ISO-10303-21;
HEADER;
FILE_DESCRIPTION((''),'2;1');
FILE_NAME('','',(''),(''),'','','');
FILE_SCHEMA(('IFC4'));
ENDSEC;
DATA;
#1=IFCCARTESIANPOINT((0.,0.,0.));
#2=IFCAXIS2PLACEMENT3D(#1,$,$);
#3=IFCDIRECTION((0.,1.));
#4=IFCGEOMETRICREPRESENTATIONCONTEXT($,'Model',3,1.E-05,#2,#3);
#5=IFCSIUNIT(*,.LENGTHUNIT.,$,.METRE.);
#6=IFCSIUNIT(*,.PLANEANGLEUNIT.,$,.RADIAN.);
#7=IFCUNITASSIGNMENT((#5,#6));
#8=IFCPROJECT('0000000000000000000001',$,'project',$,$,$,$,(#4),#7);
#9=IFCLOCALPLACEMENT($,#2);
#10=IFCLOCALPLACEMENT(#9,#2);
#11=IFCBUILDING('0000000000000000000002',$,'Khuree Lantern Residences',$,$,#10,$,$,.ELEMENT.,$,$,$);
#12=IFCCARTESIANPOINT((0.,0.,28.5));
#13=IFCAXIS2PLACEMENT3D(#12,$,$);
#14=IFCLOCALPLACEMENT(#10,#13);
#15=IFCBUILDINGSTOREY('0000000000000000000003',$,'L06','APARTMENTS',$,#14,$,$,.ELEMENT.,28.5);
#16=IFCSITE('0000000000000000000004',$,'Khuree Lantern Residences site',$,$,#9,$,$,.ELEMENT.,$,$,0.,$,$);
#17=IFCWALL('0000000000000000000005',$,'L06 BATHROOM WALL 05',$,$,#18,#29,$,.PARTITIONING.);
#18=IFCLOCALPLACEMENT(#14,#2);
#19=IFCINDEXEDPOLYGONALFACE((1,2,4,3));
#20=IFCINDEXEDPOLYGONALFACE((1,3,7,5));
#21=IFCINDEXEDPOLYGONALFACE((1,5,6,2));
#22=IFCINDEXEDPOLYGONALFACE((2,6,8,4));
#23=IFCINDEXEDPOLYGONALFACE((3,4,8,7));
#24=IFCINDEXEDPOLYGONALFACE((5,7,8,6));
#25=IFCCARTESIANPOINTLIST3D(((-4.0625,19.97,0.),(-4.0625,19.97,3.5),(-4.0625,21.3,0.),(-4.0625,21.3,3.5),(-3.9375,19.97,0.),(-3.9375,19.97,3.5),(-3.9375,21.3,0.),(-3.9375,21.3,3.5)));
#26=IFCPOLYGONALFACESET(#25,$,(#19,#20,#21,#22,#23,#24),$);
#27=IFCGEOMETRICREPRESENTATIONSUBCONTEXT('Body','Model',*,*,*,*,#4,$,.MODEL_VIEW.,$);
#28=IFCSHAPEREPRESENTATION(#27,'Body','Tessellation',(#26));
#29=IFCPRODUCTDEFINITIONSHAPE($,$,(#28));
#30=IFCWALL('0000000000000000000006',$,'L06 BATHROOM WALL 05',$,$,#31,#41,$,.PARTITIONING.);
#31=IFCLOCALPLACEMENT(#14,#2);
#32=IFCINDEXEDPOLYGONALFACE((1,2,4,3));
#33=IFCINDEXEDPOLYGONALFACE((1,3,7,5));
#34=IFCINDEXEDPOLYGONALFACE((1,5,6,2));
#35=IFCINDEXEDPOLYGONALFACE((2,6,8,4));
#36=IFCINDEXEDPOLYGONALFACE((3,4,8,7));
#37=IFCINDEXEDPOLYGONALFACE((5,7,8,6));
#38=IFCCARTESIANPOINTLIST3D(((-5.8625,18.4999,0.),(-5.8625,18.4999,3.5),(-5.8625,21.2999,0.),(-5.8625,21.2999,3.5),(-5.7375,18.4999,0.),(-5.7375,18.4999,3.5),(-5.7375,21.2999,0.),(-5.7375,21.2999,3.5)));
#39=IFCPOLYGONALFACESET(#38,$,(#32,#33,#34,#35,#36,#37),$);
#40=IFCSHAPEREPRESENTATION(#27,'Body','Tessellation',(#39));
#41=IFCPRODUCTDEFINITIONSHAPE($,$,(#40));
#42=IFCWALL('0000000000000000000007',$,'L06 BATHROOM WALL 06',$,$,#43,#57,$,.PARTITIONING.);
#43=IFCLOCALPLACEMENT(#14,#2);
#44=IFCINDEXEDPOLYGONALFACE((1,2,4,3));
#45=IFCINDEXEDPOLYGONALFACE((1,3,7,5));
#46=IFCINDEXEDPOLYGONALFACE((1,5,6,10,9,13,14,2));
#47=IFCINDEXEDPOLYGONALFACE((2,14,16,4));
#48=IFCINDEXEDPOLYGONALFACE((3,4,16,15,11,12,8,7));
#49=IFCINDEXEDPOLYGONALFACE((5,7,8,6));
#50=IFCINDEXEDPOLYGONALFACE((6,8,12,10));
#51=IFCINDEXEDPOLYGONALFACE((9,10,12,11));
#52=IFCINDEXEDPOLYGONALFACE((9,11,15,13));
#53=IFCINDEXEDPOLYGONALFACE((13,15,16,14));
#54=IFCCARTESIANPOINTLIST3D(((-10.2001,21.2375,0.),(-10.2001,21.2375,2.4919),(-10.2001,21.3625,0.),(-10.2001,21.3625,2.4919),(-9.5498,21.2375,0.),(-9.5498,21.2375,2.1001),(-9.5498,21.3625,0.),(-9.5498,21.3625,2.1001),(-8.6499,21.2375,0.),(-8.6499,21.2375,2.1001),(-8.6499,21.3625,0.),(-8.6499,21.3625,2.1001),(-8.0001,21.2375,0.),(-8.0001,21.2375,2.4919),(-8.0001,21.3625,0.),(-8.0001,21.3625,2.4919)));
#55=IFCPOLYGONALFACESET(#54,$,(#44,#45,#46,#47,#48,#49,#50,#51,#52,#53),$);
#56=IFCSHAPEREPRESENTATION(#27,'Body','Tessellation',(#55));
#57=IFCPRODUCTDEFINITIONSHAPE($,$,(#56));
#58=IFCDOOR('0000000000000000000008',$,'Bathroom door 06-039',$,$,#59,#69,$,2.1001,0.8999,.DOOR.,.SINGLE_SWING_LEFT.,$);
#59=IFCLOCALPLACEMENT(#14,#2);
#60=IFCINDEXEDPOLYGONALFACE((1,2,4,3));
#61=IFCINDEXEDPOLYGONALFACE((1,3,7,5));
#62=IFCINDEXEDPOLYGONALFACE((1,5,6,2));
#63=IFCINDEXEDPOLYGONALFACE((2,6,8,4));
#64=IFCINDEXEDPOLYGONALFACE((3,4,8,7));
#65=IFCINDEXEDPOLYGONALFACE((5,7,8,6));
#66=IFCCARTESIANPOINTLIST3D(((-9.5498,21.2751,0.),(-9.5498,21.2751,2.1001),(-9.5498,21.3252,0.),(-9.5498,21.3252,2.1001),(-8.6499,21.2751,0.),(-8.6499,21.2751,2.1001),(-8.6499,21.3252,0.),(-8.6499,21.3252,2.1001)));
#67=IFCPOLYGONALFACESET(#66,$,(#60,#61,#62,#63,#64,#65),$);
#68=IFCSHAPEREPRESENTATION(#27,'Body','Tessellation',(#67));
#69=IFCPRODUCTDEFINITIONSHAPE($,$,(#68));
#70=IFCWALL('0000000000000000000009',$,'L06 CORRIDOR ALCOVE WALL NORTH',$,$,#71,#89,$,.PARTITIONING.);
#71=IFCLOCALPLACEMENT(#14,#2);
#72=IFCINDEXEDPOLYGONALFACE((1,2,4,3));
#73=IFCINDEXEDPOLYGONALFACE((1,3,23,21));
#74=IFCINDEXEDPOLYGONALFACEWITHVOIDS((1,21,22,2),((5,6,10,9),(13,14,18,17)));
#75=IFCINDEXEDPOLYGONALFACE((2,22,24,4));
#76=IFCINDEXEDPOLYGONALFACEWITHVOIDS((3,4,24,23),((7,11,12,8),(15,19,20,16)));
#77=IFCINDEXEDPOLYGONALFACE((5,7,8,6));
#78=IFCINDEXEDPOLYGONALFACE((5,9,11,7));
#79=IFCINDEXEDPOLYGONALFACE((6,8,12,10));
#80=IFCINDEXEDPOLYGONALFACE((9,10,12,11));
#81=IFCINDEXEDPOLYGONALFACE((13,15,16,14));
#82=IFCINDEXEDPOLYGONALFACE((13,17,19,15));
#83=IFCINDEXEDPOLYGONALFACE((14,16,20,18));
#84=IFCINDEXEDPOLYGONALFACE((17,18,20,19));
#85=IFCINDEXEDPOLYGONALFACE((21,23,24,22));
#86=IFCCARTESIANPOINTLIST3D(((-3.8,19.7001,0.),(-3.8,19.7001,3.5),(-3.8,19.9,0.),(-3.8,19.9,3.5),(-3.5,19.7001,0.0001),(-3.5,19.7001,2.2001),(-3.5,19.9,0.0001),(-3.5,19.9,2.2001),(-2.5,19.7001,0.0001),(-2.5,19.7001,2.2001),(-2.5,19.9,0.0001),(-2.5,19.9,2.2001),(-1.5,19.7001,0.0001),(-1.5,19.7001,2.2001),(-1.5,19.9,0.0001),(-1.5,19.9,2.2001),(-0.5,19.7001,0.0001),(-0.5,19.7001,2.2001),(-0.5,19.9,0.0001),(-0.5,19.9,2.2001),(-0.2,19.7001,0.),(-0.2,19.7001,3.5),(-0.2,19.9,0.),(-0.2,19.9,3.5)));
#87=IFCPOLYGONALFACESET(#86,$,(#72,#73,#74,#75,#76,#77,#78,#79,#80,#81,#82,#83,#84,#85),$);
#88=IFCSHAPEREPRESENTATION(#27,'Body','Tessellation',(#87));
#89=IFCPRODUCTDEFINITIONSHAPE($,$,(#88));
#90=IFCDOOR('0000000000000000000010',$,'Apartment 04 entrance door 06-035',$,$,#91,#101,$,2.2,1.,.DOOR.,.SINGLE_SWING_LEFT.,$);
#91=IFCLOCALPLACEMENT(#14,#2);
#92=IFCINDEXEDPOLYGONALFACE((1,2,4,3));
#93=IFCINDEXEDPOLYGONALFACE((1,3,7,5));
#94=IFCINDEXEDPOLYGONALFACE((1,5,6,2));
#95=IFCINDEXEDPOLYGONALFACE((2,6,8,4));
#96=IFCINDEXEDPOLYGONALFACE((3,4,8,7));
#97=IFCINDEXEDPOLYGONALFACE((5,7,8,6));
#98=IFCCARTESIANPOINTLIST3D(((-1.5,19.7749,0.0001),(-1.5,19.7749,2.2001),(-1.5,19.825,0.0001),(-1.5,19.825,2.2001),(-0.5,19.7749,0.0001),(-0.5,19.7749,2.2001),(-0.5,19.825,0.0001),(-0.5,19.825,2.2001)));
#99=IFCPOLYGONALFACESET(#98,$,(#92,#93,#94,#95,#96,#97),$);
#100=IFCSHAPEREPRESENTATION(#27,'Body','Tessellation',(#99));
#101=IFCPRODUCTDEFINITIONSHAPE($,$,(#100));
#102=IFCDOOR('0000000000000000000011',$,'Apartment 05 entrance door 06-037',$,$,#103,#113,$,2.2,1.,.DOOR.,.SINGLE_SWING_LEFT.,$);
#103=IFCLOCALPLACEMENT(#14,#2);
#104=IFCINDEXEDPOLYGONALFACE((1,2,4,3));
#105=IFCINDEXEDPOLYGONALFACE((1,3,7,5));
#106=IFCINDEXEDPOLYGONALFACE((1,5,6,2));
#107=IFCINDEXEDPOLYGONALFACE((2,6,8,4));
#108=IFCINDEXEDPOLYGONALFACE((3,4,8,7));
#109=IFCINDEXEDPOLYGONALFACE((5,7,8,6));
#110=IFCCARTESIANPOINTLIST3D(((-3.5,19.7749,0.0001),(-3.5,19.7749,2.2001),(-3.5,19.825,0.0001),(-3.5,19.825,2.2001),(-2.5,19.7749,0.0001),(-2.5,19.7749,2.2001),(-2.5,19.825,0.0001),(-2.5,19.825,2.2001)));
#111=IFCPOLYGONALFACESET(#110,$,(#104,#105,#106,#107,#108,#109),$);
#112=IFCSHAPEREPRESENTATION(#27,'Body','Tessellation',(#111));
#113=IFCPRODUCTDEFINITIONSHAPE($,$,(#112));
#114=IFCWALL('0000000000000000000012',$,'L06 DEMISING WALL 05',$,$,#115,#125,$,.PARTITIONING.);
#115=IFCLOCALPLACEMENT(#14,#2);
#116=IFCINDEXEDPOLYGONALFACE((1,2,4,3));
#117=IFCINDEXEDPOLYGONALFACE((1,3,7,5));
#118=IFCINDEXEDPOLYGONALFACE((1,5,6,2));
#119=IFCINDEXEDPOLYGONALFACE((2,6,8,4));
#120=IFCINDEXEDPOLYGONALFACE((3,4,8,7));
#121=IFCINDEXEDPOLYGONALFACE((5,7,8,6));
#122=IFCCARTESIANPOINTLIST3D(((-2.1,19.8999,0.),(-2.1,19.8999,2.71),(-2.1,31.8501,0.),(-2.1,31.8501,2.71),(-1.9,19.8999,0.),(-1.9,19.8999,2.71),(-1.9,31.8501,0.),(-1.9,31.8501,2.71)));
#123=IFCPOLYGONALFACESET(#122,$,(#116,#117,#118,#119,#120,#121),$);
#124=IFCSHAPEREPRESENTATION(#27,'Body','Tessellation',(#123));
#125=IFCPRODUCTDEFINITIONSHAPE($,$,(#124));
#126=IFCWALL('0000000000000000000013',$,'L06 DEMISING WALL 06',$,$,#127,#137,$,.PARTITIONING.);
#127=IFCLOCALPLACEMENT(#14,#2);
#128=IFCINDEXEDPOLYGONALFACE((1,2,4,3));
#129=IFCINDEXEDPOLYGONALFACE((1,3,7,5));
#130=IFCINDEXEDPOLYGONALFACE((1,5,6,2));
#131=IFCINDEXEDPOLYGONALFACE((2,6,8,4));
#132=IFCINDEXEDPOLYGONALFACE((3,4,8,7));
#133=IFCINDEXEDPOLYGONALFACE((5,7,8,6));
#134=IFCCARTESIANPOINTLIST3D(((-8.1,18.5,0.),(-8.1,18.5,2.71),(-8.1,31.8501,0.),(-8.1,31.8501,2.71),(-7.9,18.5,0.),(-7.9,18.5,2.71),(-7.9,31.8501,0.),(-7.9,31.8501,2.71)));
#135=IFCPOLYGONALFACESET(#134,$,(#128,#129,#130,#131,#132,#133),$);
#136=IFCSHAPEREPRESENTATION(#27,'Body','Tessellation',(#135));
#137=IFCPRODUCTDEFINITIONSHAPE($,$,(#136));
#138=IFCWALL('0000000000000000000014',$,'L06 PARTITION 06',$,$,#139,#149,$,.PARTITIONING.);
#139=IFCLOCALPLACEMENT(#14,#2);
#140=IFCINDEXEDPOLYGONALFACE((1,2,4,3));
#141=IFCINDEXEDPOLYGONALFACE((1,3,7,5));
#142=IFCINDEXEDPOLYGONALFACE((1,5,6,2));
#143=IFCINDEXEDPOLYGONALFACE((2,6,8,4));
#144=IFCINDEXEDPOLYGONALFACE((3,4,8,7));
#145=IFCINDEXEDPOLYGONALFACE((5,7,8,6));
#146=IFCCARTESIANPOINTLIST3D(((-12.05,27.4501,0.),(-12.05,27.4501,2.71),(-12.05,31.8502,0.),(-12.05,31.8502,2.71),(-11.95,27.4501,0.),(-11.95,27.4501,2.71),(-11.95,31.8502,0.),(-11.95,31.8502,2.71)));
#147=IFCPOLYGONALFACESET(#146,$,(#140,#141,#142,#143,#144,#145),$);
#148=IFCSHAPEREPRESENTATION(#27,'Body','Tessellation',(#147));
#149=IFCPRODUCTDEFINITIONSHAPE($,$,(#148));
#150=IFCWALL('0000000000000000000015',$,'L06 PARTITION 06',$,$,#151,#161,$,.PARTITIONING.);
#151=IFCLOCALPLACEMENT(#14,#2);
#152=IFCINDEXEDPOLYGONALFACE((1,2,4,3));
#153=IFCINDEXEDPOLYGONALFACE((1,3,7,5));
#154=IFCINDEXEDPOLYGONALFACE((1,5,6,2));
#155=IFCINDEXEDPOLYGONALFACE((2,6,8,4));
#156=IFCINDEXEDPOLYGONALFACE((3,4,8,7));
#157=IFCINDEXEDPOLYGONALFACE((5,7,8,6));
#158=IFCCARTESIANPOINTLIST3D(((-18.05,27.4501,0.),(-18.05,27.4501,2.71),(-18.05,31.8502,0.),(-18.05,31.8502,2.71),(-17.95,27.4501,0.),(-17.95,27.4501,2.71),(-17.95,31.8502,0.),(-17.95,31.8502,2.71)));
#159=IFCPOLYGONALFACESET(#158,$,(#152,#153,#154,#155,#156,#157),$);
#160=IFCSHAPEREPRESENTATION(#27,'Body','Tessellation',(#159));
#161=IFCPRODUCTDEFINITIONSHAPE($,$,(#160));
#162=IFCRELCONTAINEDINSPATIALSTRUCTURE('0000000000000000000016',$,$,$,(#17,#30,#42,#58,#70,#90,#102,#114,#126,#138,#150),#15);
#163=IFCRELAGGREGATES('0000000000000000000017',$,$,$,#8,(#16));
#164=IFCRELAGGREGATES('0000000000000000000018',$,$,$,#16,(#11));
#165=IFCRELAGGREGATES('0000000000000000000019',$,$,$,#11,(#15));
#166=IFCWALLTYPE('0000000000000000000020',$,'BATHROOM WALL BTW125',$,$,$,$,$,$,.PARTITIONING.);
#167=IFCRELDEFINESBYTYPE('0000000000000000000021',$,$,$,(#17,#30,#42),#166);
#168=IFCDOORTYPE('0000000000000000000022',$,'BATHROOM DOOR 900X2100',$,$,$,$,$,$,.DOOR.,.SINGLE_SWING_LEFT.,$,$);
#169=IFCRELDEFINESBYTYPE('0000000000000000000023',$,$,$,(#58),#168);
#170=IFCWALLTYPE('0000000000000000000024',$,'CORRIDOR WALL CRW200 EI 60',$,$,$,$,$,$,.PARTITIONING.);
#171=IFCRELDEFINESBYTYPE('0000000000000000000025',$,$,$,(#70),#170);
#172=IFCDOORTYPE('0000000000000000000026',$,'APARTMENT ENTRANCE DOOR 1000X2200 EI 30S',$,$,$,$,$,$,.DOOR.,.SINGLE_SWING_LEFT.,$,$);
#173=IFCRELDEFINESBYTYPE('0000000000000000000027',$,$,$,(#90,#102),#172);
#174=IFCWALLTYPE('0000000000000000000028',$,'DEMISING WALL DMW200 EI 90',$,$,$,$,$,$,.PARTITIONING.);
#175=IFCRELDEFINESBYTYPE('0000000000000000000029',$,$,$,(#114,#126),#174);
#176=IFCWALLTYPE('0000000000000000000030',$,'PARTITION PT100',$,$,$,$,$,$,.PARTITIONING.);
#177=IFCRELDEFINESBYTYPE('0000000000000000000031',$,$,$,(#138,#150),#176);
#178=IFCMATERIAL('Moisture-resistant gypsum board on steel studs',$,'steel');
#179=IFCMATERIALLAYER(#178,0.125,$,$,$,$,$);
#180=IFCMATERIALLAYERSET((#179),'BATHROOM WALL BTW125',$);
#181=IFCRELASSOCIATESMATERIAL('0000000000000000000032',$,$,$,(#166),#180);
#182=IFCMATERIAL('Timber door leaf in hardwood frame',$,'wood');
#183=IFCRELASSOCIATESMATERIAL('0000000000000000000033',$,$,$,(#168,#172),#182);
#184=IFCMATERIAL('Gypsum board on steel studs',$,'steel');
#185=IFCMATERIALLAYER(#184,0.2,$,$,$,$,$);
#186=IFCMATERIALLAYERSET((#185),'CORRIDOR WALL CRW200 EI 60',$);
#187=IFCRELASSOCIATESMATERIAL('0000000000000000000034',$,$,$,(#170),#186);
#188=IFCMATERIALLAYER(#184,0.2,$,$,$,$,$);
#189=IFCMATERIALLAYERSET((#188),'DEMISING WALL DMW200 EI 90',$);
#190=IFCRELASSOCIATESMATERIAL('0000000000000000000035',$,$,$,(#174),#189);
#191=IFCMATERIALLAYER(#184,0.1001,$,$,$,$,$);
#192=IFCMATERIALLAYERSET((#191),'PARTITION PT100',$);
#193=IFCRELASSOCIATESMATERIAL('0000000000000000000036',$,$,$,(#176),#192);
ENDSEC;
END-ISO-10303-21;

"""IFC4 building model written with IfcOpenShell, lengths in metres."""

from ifc_helpers import new_model, si_unit, direction, frame, frame_2d, origin, place, context, subcontext, project, spatial, rectangle, extrude, material, layer, layer_set, type_object, element, fill, save


model = new_model("IFC4")

# Units and contexts
model_context = context("Model", 3, precision=1e-05, world=origin(), true_north=direction((0.0, 1.0)))
body_context = subcontext(model_context, "Body", "Model", "MODEL_VIEW")
ifc_project = project(units=[si_unit("LENGTHUNIT", "METRE"), si_unit("PLANEANGLEUNIT", "RADIAN")], contexts=[model_context])

# Site, building, storey
site_placement = place(None, origin())
site = spatial("IfcSite", under=ifc_project, at=site_placement, Name="Khuree Lantern Residences site", CompositionType="ELEMENT", RefElevation=0.0)
building_placement = place(site_placement, origin())
building = spatial("IfcBuilding", under=site, at=building_placement, Name="Khuree Lantern Residences", CompositionType="ELEMENT")
storey_placement = place(building_placement, frame((0.0, 0.0, 28.5)))
storey = spatial("IfcBuildingStorey", under=building, at=storey_placement, Name="L06", Description="APARTMENTS", CompositionType="ELEMENT", Elevation=28.5)

# Shared definitions
ifc_material_1 = material(Name="Moisture-resistant gypsum board on steel studs", Category="steel")
ifc_layer_1 = layer(ifc_material_1, 0.125)
ifc_layer_set_1 = layer_set([ifc_layer_1], Name="BATHROOM WALL BTW125")
wall_type_1 = type_object("IfcWallType", Name="BATHROOM WALL BTW125", PredefinedType="PARTITIONING", material=ifc_layer_set_1)
ifc_material_2 = material(Name="Timber door leaf in hardwood frame", Category="wood")
door_type_1 = type_object("IfcDoorType", Name="BATHROOM DOOR 900X2100", OperationType="SINGLE_SWING_LEFT", PredefinedType="DOOR", material=ifc_material_2)

# Walls
wall_1_placement = place(storey_placement, frame((-4.0, 19.97, 0.0), z_axis=(0.0, 0.0, 1.0), x_axis=(0.0, 1.0, 0.0)))
element("IfcWall", 1, at=wall_1_placement, inside=storey, type_object=wall_type_1, Name="L06 BATHROOM WALL 05", PredefinedType="PARTITIONING", context=body_context, shape_type="SweptSolid", body=[
    extrude(rectangle(XDim=1.3301, YDim=0.125, at=frame_2d((0.665, 0.0))), origin(), (0.0, 0.0, 1.0), 3.5),
])
wall_2_placement = place(storey_placement, frame((-5.8, 18.5, 0.0), z_axis=(0.0, 0.0, 1.0), x_axis=(0.0, 1.0, 0.0)))
element("IfcWall", 2, at=wall_2_placement, inside=storey, type_object=wall_type_1, Name="L06 BATHROOM WALL 05", PredefinedType="PARTITIONING", context=body_context, shape_type="SweptSolid", body=[
    extrude(rectangle(XDim=2.8, YDim=0.125, at=frame_2d((1.3999, 0.0))), origin(), (0.0, 0.0, 1.0), 3.5),
])

# Wall, opening, door
wall_3_placement = place(storey_placement, frame((-8.0, 21.3, 0.0), z_axis=(0.0, 0.0, 1.0), x_axis=(-1.0, 0.0, 0.0)))
wall_3 = element("IfcWall", 3, at=wall_3_placement, inside=storey, type_object=wall_type_1, Name="L06 BATHROOM WALL 06", PredefinedType="PARTITIONING", context=body_context, shape_type="SweptSolid", body=[
    extrude(rectangle(XDim=2.2, YDim=0.125, at=frame_2d((1.1001, 0.0))), origin(), (0.0, 0.0, 1.0), 2.4919),
])
opening_1_placement = place(wall_3_placement, frame((0.6499, 0.0, 0.0)))
opening_1 = element("IfcOpeningElement", 4, at=opening_1_placement, cuts=wall_3, PredefinedType="OPENING", context=body_context, shape_type="SweptSolid", body=[
    extrude(rectangle(XDim=0.8999, YDim=2.1001, at=frame_2d((0.45, 1.05))), frame((0.0, 0.0725, 0.0), z_axis=(0.0, -1.0, 0.0), x_axis=(1.0, 0.0, 0.0)), (0.0, 0.0, 1.0), 0.145),
])
door_1_placement = place(opening_1_placement, origin())
door_1 = element("IfcDoor", 5, at=door_1_placement, inside=storey, type_object=door_type_1, Name="Bathroom door 06-039", OperationType="SINGLE_SWING_LEFT", OverallHeight=2.1001, OverallWidth=0.8999, PredefinedType="DOOR", context=body_context, shape_type="SweptSolid", body=[
    extrude(rectangle(XDim=0.8999, YDim=2.1001, at=frame_2d((0.45, 1.05))), frame((0.0, 0.0249, 0.0), z_axis=(0.0, -1.0, 0.0), x_axis=(1.0, 0.0, 0.0)), (0.0, 0.0, 1.0), 0.05),
])
fill(opening_1, door_1)

# Wall, openings, doors
ifc_material_3 = material(Name="Gypsum board on steel studs", Category="steel")
ifc_layer_2 = layer(ifc_material_3, 0.2)
ifc_layer_set_2 = layer_set([ifc_layer_2], Name="CORRIDOR WALL CRW200 EI 60")
wall_type_2 = type_object("IfcWallType", Name="CORRIDOR WALL CRW200 EI 60", PredefinedType="PARTITIONING", material=ifc_layer_set_2)
wall_4_placement = place(storey_placement, frame((-3.8, 19.8, 0.0), z_axis=(0.0, 0.0, 1.0), x_axis=(1.0, 0.0, 0.0)))
wall_4 = element("IfcWall", 6, at=wall_4_placement, inside=storey, type_object=wall_type_2, Name="L06 CORRIDOR ALCOVE WALL NORTH", PredefinedType="PARTITIONING", context=body_context, shape_type="SweptSolid", body=[
    extrude(rectangle(XDim=3.6001, YDim=0.2, at=frame_2d((1.8, 0.0))), origin(), (0.0, 0.0, 1.0), 3.5),
])
opening_2_placement = place(wall_4_placement, frame((2.3, 0.0, 0.0)))
opening_2 = element("IfcOpeningElement", 7, at=opening_2_placement, cuts=wall_4, PredefinedType="OPENING", context=body_context, shape_type="SweptSolid", body=[
    extrude(rectangle(XDim=1.0, YDim=2.2, at=frame_2d((0.5, 1.1001))), frame((0.0, 0.1099, 0.0), z_axis=(0.0, -1.0, 0.0), x_axis=(1.0, 0.0, 0.0)), (0.0, 0.0, 1.0), 0.22),
])
opening_3_placement = place(wall_4_placement, frame((0.3, 0.0, 0.0)))
opening_3 = element("IfcOpeningElement", 8, at=opening_3_placement, cuts=wall_4, PredefinedType="OPENING", context=body_context, shape_type="SweptSolid", body=[
    extrude(rectangle(XDim=1.0, YDim=2.2, at=frame_2d((0.5, 1.1001))), frame((0.0, 0.1099, 0.0), z_axis=(0.0, -1.0, 0.0), x_axis=(1.0, 0.0, 0.0)), (0.0, 0.0, 1.0), 0.22),
])
door_type_2 = type_object("IfcDoorType", Name="APARTMENT ENTRANCE DOOR 1000X2200 EI 30S", OperationType="SINGLE_SWING_LEFT", PredefinedType="DOOR", material=ifc_material_2)
door_2_placement = place(opening_2_placement, origin())
door_2 = element("IfcDoor", 9, at=door_2_placement, inside=storey, type_object=door_type_2, Name="Apartment 04 entrance door 06-035", OperationType="SINGLE_SWING_LEFT", OverallHeight=2.2, OverallWidth=1.0, PredefinedType="DOOR", context=body_context, shape_type="SweptSolid", body=[
    extrude(rectangle(XDim=1.0, YDim=2.2, at=frame_2d((0.5, 1.1001))), frame((0.0, 0.0249, 0.0), z_axis=(0.0, -1.0, 0.0), x_axis=(1.0, 0.0, 0.0)), (0.0, 0.0, 1.0), 0.05),
])
fill(opening_2, door_2)
door_3_placement = place(opening_3_placement, origin())
door_3 = element("IfcDoor", 10, at=door_3_placement, inside=storey, type_object=door_type_2, Name="Apartment 05 entrance door 06-037", OperationType="SINGLE_SWING_LEFT", OverallHeight=2.2, OverallWidth=1.0, PredefinedType="DOOR", context=body_context, shape_type="SweptSolid", body=[
    extrude(rectangle(XDim=1.0, YDim=2.2, at=frame_2d((0.5, 1.1001))), frame((0.0, 0.0249, 0.0), z_axis=(0.0, -1.0, 0.0), x_axis=(1.0, 0.0, 0.0)), (0.0, 0.0, 1.0), 0.05),
])
fill(opening_3, door_3)

# Walls
ifc_layer_3 = layer(ifc_material_3, 0.2)
ifc_layer_set_3 = layer_set([ifc_layer_3], Name="DEMISING WALL DMW200 EI 90")
wall_type_3 = type_object("IfcWallType", Name="DEMISING WALL DMW200 EI 90", PredefinedType="PARTITIONING", material=ifc_layer_set_3)
wall_5_placement = place(storey_placement, frame((-2.0, 19.8999, 0.0), z_axis=(0.0, 0.0, 1.0), x_axis=(0.0, 1.0, 0.0)))
element("IfcWall", 11, at=wall_5_placement, inside=storey, type_object=wall_type_3, Name="L06 DEMISING WALL 05", PredefinedType="PARTITIONING", context=body_context, shape_type="SweptSolid", body=[
    extrude(rectangle(XDim=11.9502, YDim=0.2, at=frame_2d((5.9751, 0.0))), origin(), (0.0, 0.0, 1.0), 2.71),
])
wall_6_placement = place(storey_placement, frame((-8.0, 18.5, 0.0), z_axis=(0.0, 0.0, 1.0), x_axis=(0.0, 1.0, 0.0)))
element("IfcWall", 12, at=wall_6_placement, inside=storey, type_object=wall_type_3, Name="L06 DEMISING WALL 06", PredefinedType="PARTITIONING", context=body_context, shape_type="SweptSolid", body=[
    extrude(rectangle(XDim=13.3501, YDim=0.2, at=frame_2d((6.675, 0.0))), origin(), (0.0, 0.0, 1.0), 2.71),
])
ifc_layer_4 = layer(ifc_material_3, 0.1001)
ifc_layer_set_4 = layer_set([ifc_layer_4], Name="PARTITION PT100")
wall_type_4 = type_object("IfcWallType", Name="PARTITION PT100", PredefinedType="PARTITIONING", material=ifc_layer_set_4)
for number, where, z_axis, x_axis, name in (
    (13, (-12.0, 27.45, 0.0), (0.0, 0.0, 1.0), (0.0, 1.0, 0.0), "L06 PARTITION 06"),
    (14, (-18.0, 27.45, 0.0), (0.0, 0.0, 1.0), (0.0, 1.0, 0.0), "L06 PARTITION 06"),
):
    element("IfcWall", number, at=place(storey_placement, frame(where, z_axis=z_axis, x_axis=x_axis)), inside=storey, type_object=wall_type_4, Name=name, PredefinedType="PARTITIONING", context=body_context, shape_type="SweptSolid", body=[
        extrude(rectangle(XDim=4.4001, YDim=0.1001, at=frame_2d((2.2002, 0.0))), origin(), (0.0, 0.0, 1.0), 2.71),
    ])

save(model, "model.ifc")
